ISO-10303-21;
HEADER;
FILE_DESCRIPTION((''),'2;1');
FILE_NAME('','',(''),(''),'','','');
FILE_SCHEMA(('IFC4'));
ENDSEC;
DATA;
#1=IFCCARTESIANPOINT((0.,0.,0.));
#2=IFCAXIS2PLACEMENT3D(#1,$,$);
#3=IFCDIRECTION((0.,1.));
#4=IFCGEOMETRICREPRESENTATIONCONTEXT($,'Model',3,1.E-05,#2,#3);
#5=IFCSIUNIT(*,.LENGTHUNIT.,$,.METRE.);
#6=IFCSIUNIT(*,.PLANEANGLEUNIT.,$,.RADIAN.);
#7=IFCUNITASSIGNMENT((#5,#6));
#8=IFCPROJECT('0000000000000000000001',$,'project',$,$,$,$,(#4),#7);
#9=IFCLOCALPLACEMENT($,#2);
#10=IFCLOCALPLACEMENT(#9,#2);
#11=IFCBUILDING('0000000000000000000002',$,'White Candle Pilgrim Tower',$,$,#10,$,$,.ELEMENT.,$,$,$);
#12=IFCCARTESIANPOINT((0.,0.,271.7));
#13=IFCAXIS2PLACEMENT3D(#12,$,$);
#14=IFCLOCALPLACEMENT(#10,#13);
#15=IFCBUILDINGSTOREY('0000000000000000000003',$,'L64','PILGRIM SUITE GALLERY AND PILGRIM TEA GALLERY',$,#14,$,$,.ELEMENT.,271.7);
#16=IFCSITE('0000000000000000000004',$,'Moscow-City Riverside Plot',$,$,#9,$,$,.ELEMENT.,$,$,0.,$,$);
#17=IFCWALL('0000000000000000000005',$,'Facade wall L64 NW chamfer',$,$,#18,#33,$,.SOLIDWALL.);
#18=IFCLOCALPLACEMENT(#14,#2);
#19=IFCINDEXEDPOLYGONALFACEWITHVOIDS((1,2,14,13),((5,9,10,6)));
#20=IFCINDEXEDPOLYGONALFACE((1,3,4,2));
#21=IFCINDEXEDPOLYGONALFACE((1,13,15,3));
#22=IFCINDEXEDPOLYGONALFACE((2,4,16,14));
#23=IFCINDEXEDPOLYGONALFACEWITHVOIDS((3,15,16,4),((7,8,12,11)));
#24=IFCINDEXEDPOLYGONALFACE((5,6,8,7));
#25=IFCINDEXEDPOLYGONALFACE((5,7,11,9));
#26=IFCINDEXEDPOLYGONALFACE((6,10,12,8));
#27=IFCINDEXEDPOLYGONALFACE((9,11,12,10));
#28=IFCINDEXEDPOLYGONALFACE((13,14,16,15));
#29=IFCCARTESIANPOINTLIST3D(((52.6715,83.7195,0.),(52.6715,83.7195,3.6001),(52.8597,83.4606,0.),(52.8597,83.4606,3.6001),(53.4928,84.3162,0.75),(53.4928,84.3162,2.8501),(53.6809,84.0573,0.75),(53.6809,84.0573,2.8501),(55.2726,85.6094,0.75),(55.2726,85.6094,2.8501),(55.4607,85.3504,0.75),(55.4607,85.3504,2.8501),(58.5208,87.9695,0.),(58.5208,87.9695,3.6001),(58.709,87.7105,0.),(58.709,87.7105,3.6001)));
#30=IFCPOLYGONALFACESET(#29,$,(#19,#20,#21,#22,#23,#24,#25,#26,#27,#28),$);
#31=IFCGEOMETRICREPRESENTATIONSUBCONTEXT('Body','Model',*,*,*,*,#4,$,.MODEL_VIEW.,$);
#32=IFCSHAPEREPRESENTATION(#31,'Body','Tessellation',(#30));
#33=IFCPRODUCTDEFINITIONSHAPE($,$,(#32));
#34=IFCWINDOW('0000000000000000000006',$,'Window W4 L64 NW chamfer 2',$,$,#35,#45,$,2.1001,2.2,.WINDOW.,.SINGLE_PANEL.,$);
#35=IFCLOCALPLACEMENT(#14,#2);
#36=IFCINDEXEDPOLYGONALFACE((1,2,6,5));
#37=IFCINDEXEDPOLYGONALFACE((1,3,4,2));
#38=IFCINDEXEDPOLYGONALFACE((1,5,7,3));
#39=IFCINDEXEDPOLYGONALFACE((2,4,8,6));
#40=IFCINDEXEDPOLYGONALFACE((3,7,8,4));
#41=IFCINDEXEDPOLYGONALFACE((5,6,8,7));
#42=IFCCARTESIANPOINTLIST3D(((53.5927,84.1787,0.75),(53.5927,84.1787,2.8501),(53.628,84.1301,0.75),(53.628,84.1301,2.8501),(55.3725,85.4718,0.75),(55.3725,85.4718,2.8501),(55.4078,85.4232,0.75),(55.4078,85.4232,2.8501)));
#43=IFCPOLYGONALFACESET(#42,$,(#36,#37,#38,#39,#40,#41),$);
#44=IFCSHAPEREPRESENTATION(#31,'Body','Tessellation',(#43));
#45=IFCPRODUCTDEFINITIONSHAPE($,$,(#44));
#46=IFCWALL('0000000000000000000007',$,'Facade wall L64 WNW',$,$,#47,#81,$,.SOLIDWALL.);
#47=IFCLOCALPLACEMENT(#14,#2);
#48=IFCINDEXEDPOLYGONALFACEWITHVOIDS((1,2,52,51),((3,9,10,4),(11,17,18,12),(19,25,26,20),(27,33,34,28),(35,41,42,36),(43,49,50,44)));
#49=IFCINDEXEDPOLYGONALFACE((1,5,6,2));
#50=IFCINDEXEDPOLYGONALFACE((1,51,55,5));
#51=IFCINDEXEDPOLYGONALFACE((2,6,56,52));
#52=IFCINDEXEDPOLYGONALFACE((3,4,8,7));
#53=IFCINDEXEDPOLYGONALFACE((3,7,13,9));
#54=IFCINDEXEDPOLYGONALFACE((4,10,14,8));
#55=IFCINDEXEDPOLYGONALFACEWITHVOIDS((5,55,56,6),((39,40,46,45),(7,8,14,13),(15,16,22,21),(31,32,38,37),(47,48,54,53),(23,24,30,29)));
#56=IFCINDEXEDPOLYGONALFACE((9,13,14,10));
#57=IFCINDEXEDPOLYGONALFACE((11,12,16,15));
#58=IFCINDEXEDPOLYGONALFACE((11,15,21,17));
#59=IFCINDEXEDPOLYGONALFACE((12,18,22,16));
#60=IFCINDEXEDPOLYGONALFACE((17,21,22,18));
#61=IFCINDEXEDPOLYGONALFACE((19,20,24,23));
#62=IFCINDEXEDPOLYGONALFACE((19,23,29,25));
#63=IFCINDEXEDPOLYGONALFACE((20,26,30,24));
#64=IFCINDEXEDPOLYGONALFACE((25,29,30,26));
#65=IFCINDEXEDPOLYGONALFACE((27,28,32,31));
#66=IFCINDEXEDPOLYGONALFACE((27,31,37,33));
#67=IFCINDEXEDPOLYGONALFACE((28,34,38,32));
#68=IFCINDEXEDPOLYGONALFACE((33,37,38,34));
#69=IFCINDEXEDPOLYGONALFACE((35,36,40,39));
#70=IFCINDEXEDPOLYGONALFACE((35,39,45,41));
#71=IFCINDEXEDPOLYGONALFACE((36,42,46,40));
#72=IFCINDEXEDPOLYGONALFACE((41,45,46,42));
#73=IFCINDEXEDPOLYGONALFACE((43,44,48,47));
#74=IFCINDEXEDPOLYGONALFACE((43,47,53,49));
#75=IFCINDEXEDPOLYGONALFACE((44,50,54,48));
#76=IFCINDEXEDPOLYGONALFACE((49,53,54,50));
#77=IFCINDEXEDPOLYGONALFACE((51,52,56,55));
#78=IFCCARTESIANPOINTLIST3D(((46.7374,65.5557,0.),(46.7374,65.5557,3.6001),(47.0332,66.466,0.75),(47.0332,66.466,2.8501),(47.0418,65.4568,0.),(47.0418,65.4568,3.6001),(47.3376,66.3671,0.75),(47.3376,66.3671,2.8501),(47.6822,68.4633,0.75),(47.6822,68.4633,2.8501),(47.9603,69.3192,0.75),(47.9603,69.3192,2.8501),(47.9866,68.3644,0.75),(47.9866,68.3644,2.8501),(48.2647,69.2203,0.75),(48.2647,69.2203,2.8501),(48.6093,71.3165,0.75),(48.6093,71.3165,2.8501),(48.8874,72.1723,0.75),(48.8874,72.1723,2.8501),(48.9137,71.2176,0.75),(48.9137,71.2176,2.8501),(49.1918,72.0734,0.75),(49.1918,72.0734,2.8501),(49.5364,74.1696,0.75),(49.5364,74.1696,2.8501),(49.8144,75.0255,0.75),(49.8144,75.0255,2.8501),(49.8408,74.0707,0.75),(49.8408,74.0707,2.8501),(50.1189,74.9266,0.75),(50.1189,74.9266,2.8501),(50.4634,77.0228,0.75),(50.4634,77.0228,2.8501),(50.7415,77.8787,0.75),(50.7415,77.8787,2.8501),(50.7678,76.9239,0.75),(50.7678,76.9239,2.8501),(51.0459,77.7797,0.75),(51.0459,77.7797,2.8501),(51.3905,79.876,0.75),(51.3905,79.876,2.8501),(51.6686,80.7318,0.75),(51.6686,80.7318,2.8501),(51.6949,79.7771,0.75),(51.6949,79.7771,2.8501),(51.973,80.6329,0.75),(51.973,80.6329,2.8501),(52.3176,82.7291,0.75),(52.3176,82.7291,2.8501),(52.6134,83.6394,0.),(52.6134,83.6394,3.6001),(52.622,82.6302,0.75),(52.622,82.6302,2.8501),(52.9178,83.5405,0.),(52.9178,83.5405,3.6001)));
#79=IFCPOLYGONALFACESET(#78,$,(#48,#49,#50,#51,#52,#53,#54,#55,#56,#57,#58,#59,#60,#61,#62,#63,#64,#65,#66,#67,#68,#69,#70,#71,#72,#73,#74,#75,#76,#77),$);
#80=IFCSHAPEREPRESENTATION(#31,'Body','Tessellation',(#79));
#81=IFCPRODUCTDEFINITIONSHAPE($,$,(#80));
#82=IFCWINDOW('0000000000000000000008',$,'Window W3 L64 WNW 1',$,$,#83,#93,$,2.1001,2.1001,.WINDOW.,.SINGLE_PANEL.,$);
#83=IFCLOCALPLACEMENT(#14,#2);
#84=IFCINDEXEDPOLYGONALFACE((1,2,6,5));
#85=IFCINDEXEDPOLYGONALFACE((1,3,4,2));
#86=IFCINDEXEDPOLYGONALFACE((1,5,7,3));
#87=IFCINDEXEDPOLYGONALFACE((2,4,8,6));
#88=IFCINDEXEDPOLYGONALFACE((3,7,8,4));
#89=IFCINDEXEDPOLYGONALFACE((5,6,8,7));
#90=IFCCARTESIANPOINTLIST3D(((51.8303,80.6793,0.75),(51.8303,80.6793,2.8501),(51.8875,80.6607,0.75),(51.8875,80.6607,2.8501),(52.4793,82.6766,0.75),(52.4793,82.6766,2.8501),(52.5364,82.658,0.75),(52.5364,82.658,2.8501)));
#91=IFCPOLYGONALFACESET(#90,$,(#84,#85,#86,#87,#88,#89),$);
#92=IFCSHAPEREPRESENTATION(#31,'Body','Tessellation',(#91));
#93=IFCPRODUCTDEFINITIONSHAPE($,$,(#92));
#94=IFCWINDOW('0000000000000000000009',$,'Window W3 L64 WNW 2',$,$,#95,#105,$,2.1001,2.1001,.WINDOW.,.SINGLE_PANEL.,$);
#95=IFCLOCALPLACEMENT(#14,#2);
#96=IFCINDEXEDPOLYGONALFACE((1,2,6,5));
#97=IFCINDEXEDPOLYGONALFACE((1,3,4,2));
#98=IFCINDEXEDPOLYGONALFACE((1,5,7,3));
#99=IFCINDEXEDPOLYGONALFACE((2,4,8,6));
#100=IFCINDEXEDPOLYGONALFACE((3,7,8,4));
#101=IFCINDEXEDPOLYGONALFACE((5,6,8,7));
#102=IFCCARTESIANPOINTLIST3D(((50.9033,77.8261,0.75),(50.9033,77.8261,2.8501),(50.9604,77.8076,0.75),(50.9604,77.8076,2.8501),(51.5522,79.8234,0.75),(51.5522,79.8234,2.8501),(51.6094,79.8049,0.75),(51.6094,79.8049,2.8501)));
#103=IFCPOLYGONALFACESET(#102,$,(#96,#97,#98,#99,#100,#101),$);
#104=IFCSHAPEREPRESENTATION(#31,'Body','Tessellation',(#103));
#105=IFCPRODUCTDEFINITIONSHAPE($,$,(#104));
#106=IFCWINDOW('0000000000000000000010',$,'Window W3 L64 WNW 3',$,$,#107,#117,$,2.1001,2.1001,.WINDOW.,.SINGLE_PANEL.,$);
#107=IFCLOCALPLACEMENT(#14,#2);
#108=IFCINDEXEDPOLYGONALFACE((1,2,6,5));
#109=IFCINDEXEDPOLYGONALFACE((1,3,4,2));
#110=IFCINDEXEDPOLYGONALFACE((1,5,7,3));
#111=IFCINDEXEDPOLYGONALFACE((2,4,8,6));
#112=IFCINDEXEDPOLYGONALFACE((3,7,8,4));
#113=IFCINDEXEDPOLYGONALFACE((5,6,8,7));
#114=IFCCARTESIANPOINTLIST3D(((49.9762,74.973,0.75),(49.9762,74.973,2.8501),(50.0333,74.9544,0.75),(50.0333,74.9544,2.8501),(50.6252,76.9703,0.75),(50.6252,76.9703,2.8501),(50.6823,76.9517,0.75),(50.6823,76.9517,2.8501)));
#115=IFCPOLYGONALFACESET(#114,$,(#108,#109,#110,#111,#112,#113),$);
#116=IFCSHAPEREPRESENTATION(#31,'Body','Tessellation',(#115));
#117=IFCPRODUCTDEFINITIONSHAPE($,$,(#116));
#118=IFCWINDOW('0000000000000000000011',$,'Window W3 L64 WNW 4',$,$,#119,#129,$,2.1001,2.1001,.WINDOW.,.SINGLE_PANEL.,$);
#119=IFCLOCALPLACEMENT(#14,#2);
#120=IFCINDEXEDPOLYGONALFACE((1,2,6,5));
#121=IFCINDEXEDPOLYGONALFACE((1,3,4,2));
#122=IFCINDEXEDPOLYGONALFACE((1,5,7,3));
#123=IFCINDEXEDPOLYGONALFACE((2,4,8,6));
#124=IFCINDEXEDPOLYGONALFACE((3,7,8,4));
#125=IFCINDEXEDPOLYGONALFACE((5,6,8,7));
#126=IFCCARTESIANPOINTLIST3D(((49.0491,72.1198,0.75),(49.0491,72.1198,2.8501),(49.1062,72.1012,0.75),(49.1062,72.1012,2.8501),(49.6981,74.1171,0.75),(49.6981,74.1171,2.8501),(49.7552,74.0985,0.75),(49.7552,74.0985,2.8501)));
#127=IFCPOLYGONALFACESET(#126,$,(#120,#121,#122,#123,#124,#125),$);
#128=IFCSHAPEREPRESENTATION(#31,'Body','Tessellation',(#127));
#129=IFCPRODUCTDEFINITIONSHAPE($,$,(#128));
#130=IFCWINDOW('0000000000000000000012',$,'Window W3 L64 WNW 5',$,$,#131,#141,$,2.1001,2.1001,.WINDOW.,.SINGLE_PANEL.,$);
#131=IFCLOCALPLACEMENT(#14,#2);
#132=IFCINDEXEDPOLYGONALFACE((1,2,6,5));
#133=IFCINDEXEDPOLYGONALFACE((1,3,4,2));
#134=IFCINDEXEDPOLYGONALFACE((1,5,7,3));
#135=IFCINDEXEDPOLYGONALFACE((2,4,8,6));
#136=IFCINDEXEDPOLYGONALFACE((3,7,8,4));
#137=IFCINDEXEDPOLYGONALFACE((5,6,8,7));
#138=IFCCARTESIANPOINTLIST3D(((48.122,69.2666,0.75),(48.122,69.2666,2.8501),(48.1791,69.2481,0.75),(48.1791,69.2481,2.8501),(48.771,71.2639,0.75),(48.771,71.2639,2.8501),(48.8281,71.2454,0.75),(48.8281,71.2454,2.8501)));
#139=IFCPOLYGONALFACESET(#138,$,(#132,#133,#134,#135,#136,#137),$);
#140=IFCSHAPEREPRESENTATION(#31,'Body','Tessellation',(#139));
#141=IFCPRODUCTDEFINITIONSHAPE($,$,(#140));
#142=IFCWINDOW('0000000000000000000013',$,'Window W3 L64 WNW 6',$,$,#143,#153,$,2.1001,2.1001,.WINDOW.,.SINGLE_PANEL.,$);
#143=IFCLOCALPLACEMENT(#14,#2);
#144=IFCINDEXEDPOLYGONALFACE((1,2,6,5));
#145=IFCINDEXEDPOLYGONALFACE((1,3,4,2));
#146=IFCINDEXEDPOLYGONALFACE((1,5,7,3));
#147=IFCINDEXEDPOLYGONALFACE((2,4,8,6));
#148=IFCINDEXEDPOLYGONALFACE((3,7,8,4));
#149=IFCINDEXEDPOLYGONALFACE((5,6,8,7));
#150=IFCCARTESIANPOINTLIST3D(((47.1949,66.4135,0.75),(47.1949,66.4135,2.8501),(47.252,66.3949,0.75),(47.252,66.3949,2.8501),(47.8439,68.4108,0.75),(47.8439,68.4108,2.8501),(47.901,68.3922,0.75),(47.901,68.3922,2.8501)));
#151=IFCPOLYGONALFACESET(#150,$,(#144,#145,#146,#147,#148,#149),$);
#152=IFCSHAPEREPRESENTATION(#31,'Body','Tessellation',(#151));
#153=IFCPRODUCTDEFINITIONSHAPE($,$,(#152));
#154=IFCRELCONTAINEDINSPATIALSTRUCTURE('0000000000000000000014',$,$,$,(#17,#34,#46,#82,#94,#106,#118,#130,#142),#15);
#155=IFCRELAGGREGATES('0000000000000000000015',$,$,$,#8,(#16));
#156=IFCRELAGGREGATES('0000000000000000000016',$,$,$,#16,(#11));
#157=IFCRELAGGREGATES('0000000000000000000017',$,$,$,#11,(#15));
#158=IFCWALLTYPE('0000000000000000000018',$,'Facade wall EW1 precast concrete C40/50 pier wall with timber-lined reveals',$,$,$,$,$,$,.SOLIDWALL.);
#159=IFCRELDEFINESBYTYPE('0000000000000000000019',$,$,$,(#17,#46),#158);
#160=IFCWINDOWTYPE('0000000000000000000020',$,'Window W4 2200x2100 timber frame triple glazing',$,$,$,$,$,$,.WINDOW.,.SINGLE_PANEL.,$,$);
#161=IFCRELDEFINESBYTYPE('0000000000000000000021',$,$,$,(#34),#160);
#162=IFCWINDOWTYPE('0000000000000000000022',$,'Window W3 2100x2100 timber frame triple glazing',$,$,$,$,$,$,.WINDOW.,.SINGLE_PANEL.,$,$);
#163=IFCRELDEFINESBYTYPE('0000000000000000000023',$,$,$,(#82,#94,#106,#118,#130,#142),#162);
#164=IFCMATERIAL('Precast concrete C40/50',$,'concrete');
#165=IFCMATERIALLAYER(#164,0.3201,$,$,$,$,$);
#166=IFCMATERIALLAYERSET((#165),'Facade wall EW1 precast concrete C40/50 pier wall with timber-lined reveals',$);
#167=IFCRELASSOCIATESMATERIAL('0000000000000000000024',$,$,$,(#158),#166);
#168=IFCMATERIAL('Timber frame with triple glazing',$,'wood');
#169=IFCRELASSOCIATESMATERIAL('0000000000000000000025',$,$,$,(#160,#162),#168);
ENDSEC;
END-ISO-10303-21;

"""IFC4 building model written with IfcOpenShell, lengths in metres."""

from ifc_helpers import new_model, si_unit, direction, frame, frame_2d, origin, place, context, subcontext, project, spatial, rectangle, extrude, material, layer, layer_set, type_object, element, fill, save


model = new_model("IFC4")

# Units and contexts
model_context = context("Model", 3, precision=1e-05, world=origin(), true_north=direction((0.0, 1.0)))
body_context = subcontext(model_context, "Body", "Model", "MODEL_VIEW")
ifc_project = project(units=[si_unit("LENGTHUNIT", "METRE"), si_unit("PLANEANGLEUNIT", "RADIAN")], contexts=[model_context])

# Site, building, storey
site_placement = place(None, origin())
site = spatial("IfcSite", under=ifc_project, at=site_placement, Name="Moscow-City Riverside Plot", CompositionType="ELEMENT", RefElevation=0.0)
building_placement = place(site_placement, origin())
building = spatial("IfcBuilding", under=site, at=building_placement, Name="White Candle Pilgrim Tower", CompositionType="ELEMENT")
storey_placement = place(building_placement, frame((0.0, 0.0, 271.7)))
storey = spatial("IfcBuildingStorey", under=building, at=storey_placement, Name="L64", Description="PILGRIM SUITE GALLERY AND PILGRIM TEA GALLERY", CompositionType="ELEMENT", Elevation=271.7)

# Shared definitions
ifc_material_1 = material(Name="Precast concrete C40/50", Category="concrete")
ifc_layer_1 = layer(ifc_material_1, 0.3201)
ifc_layer_set_1 = layer_set([ifc_layer_1], Name="Facade wall EW1 precast concrete C40/50 pier wall with timber-lined reveals")
wall_type_1 = type_object("IfcWallType", Name="Facade wall EW1 precast concrete C40/50 pier wall with timber-lined reveals", PredefinedType="SOLIDWALL", material=ifc_layer_set_1)

# Wall, opening, window
wall_1_placement = place(storey_placement, frame((58.615, 87.8401, 0.0), z_axis=(0.0, 0.0, 1.0), x_axis=(-0.809005, -0.587802, 0.0)))
wall_1 = element("IfcWall", 1, at=wall_1_placement, inside=storey, type_object=wall_type_1, Name="Facade wall L64 NW chamfer", PredefinedType="SOLIDWALL", context=body_context, shape_type="SweptSolid", body=[
    extrude(rectangle(XDim=7.2302, YDim=0.3201, at=frame_2d((3.6152, 0.0))), origin(), (0.0, 0.0, 1.0), 3.6001),
])
opening_1_placement = place(wall_1_placement, frame((4.0151, 0.0, 0.75)))
opening_1 = element("IfcOpeningElement", 2, at=opening_1_placement, cuts=wall_1, PredefinedType="OPENING", context=body_context, shape_type="SweptSolid", body=[
    extrude(rectangle(XDim=2.2, YDim=2.1001, at=frame_2d((1.1001, 1.05))), frame((0.0, 0.1699, 0.0), z_axis=(0.0, -1.0, 0.0), x_axis=(1.0, 0.0, 0.0)), (0.0, 0.0, 1.0), 0.3401),
])
ifc_material_2 = material(Name="Timber frame with triple glazing", Category="wood")
window_type_1 = type_object("IfcWindowType", Name="Window W4 2200x2100 timber frame triple glazing", PartitioningType="SINGLE_PANEL", PredefinedType="WINDOW", material=ifc_material_2)
window_1_placement = place(opening_1_placement, origin())
window_1 = element("IfcWindow", 3, at=window_1_placement, inside=storey, type_object=window_type_1, Name="Window W4 L64 NW chamfer 2", OverallHeight=2.1001, OverallWidth=2.2, PartitioningType="SINGLE_PANEL", PredefinedType="WINDOW", context=body_context, shape_type="SweptSolid", body=[
    extrude(rectangle(XDim=2.2, YDim=2.1001, at=frame_2d((1.1001, 1.05))), frame((0.0, 0.0701, 0.0), z_axis=(0.0, -1.0, 0.0), x_axis=(1.0, 0.0, 0.0)), (0.0, 0.0, 1.0), 0.0601),
])
fill(opening_1, window_1)

# Wall, openings, windows
wall_2_placement = place(storey_placement, frame((52.7656, 83.5901, 0.0), z_axis=(0.0, 0.0, 1.0), x_axis=(-0.309027, -0.951053, 0.0)))
wall_2 = element("IfcWall", 4, at=wall_2_placement, inside=storey, type_object=wall_type_1, Name="Facade wall L64 WNW", PredefinedType="SOLIDWALL", context=body_context, shape_type="SweptSolid", body=[
    extrude(rectangle(XDim=19.0144, YDim=0.3201, at=frame_2d((9.5073, 0.0))), origin(), (0.0, 0.0, 1.0), 3.6001),
])
opening_2_placement = place(wall_2_placement, frame((0.9573, 0.0, 0.75)))
opening_2 = element("IfcOpeningElement", 5, at=opening_2_placement, cuts=wall_2, PredefinedType="OPENING", context=body_context, shape_type="SweptSolid", body=[
    extrude(rectangle(XDim=2.1001, YDim=2.1001, at=frame_2d((1.05, 1.05))), frame((0.0, 0.1699, 0.0), z_axis=(0.0, -1.0, 0.0), x_axis=(1.0, 0.0, 0.0)), (0.0, 0.0, 1.0), 0.3401),
])
opening_3_placement = place(wall_2_placement, frame((3.9573, 0.0, 0.75)))
opening_3 = element("IfcOpeningElement", 6, at=opening_3_placement, cuts=wall_2, PredefinedType="OPENING", context=body_context, shape_type="SweptSolid", body=[
    extrude(rectangle(XDim=2.1001, YDim=2.1001, at=frame_2d((1.05, 1.05))), frame((0.0, 0.1699, 0.0), z_axis=(0.0, -1.0, 0.0), x_axis=(1.0, 0.0, 0.0)), (0.0, 0.0, 1.0), 0.3401),
])
opening_4_placement = place(wall_2_placement, frame((6.9573, 0.0, 0.75)))
opening_4 = element("IfcOpeningElement", 7, at=opening_4_placement, cuts=wall_2, PredefinedType="OPENING", context=body_context, shape_type="SweptSolid", body=[
    extrude(rectangle(XDim=2.1001, YDim=2.1001, at=frame_2d((1.05, 1.05))), frame((0.0, 0.1699, 0.0), z_axis=(0.0, -1.0, 0.0), x_axis=(1.0, 0.0, 0.0)), (0.0, 0.0, 1.0), 0.3401),
])
opening_5_placement = place(wall_2_placement, frame((9.9573, 0.0, 0.75)))
opening_5 = element("IfcOpeningElement", 8, at=opening_5_placement, cuts=wall_2, PredefinedType="OPENING", context=body_context, shape_type="SweptSolid", body=[
    extrude(rectangle(XDim=2.1001, YDim=2.1001, at=frame_2d((1.05, 1.05))), frame((0.0, 0.1699, 0.0), z_axis=(0.0, -1.0, 0.0), x_axis=(1.0, 0.0, 0.0)), (0.0, 0.0, 1.0), 0.3401),
])
opening_6_placement = place(wall_2_placement, frame((12.9573, 0.0, 0.75)))
opening_6 = element("IfcOpeningElement", 9, at=opening_6_placement, cuts=wall_2, PredefinedType="OPENING", context=body_context, shape_type="SweptSolid", body=[
    extrude(rectangle(XDim=2.1001, YDim=2.1001, at=frame_2d((1.05, 1.05))), frame((0.0, 0.1699, 0.0), z_axis=(0.0, -1.0, 0.0), x_axis=(1.0, 0.0, 0.0)), (0.0, 0.0, 1.0), 0.3401),
])
opening_7_placement = place(wall_2_placement, frame((15.9573, 0.0, 0.75)))
opening_7 = element("IfcOpeningElement", 10, at=opening_7_placement, cuts=wall_2, PredefinedType="OPENING", context=body_context, shape_type="SweptSolid", body=[
    extrude(rectangle(XDim=2.1001, YDim=2.1001, at=frame_2d((1.05, 1.05))), frame((0.0, 0.1699, 0.0), z_axis=(0.0, -1.0, 0.0), x_axis=(1.0, 0.0, 0.0)), (0.0, 0.0, 1.0), 0.3401),
])
window_type_2 = type_object("IfcWindowType", Name="Window W3 2100x2100 timber frame triple glazing", PartitioningType="SINGLE_PANEL", PredefinedType="WINDOW", material=ifc_material_2)
window_2_placement = place(opening_2_placement, origin())
window_2 = element("IfcWindow", 11, at=window_2_placement, inside=storey, type_object=window_type_2, Name="Window W3 L64 WNW 1", OverallHeight=2.1001, OverallWidth=2.1001, PartitioningType="SINGLE_PANEL", PredefinedType="WINDOW", context=body_context, shape_type="SweptSolid", body=[
    extrude(rectangle(XDim=2.1001, YDim=2.1001, at=frame_2d((1.05, 1.05))), frame((0.0, 0.0701, 0.0), z_axis=(0.0, -1.0, 0.0), x_axis=(1.0, 0.0, 0.0)), (0.0, 0.0, 1.0), 0.0601),
])
fill(opening_2, window_2)
window_3_placement = place(opening_3_placement, origin())
window_3 = element("IfcWindow", 12, at=window_3_placement, inside=storey, type_object=window_type_2, Name="Window W3 L64 WNW 2", OverallHeight=2.1001, OverallWidth=2.1001, PartitioningType="SINGLE_PANEL", PredefinedType="WINDOW", context=body_context, shape_type="SweptSolid", body=[
    extrude(rectangle(XDim=2.1001, YDim=2.1001, at=frame_2d((1.05, 1.05))), frame((0.0, 0.0701, 0.0), z_axis=(0.0, -1.0, 0.0), x_axis=(1.0, 0.0, 0.0)), (0.0, 0.0, 1.0), 0.0601),
])
fill(opening_3, window_3)
window_4_placement = place(opening_4_placement, origin())
window_4 = element("IfcWindow", 13, at=window_4_placement, inside=storey, type_object=window_type_2, Name="Window W3 L64 WNW 3", OverallHeight=2.1001, OverallWidth=2.1001, PartitioningType="SINGLE_PANEL", PredefinedType="WINDOW", context=body_context, shape_type="SweptSolid", body=[
    extrude(rectangle(XDim=2.1001, YDim=2.1001, at=frame_2d((1.05, 1.05))), frame((0.0, 0.0701, 0.0), z_axis=(0.0, -1.0, 0.0), x_axis=(1.0, 0.0, 0.0)), (0.0, 0.0, 1.0), 0.0601),
])
fill(opening_4, window_4)
window_5_placement = place(opening_5_placement, origin())
window_5 = element("IfcWindow", 14, at=window_5_placement, inside=storey, type_object=window_type_2, Name="Window W3 L64 WNW 4", OverallHeight=2.1001, OverallWidth=2.1001, PartitioningType="SINGLE_PANEL", PredefinedType="WINDOW", context=body_context, shape_type="SweptSolid", body=[
    extrude(rectangle(XDim=2.1001, YDim=2.1001, at=frame_2d((1.05, 1.05))), frame((0.0, 0.0701, 0.0), z_axis=(0.0, -1.0, 0.0), x_axis=(1.0, 0.0, 0.0)), (0.0, 0.0, 1.0), 0.0601),
])
fill(opening_5, window_5)
window_6_placement = place(opening_6_placement, origin())
window_6 = element("IfcWindow", 15, at=window_6_placement, inside=storey, type_object=window_type_2, Name="Window W3 L64 WNW 5", OverallHeight=2.1001, OverallWidth=2.1001, PartitioningType="SINGLE_PANEL", PredefinedType="WINDOW", context=body_context, shape_type="SweptSolid", body=[
    extrude(rectangle(XDim=2.1001, YDim=2.1001, at=frame_2d((1.05, 1.05))), frame((0.0, 0.0701, 0.0), z_axis=(0.0, -1.0, 0.0), x_axis=(1.0, 0.0, 0.0)), (0.0, 0.0, 1.0), 0.0601),
])
fill(opening_6, window_6)
window_7_placement = place(opening_7_placement, origin())
window_7 = element("IfcWindow", 16, at=window_7_placement, inside=storey, type_object=window_type_2, Name="Window W3 L64 WNW 6", OverallHeight=2.1001, OverallWidth=2.1001, PartitioningType="SINGLE_PANEL", PredefinedType="WINDOW", context=body_context, shape_type="SweptSolid", body=[
    extrude(rectangle(XDim=2.1001, YDim=2.1001, at=frame_2d((1.05, 1.05))), frame((0.0, 0.0701, 0.0), z_axis=(0.0, -1.0, 0.0), x_axis=(1.0, 0.0, 0.0)), (0.0, 0.0, 1.0), 0.0601),
])
fill(opening_7, window_7)

save(model, "model.ifc")
